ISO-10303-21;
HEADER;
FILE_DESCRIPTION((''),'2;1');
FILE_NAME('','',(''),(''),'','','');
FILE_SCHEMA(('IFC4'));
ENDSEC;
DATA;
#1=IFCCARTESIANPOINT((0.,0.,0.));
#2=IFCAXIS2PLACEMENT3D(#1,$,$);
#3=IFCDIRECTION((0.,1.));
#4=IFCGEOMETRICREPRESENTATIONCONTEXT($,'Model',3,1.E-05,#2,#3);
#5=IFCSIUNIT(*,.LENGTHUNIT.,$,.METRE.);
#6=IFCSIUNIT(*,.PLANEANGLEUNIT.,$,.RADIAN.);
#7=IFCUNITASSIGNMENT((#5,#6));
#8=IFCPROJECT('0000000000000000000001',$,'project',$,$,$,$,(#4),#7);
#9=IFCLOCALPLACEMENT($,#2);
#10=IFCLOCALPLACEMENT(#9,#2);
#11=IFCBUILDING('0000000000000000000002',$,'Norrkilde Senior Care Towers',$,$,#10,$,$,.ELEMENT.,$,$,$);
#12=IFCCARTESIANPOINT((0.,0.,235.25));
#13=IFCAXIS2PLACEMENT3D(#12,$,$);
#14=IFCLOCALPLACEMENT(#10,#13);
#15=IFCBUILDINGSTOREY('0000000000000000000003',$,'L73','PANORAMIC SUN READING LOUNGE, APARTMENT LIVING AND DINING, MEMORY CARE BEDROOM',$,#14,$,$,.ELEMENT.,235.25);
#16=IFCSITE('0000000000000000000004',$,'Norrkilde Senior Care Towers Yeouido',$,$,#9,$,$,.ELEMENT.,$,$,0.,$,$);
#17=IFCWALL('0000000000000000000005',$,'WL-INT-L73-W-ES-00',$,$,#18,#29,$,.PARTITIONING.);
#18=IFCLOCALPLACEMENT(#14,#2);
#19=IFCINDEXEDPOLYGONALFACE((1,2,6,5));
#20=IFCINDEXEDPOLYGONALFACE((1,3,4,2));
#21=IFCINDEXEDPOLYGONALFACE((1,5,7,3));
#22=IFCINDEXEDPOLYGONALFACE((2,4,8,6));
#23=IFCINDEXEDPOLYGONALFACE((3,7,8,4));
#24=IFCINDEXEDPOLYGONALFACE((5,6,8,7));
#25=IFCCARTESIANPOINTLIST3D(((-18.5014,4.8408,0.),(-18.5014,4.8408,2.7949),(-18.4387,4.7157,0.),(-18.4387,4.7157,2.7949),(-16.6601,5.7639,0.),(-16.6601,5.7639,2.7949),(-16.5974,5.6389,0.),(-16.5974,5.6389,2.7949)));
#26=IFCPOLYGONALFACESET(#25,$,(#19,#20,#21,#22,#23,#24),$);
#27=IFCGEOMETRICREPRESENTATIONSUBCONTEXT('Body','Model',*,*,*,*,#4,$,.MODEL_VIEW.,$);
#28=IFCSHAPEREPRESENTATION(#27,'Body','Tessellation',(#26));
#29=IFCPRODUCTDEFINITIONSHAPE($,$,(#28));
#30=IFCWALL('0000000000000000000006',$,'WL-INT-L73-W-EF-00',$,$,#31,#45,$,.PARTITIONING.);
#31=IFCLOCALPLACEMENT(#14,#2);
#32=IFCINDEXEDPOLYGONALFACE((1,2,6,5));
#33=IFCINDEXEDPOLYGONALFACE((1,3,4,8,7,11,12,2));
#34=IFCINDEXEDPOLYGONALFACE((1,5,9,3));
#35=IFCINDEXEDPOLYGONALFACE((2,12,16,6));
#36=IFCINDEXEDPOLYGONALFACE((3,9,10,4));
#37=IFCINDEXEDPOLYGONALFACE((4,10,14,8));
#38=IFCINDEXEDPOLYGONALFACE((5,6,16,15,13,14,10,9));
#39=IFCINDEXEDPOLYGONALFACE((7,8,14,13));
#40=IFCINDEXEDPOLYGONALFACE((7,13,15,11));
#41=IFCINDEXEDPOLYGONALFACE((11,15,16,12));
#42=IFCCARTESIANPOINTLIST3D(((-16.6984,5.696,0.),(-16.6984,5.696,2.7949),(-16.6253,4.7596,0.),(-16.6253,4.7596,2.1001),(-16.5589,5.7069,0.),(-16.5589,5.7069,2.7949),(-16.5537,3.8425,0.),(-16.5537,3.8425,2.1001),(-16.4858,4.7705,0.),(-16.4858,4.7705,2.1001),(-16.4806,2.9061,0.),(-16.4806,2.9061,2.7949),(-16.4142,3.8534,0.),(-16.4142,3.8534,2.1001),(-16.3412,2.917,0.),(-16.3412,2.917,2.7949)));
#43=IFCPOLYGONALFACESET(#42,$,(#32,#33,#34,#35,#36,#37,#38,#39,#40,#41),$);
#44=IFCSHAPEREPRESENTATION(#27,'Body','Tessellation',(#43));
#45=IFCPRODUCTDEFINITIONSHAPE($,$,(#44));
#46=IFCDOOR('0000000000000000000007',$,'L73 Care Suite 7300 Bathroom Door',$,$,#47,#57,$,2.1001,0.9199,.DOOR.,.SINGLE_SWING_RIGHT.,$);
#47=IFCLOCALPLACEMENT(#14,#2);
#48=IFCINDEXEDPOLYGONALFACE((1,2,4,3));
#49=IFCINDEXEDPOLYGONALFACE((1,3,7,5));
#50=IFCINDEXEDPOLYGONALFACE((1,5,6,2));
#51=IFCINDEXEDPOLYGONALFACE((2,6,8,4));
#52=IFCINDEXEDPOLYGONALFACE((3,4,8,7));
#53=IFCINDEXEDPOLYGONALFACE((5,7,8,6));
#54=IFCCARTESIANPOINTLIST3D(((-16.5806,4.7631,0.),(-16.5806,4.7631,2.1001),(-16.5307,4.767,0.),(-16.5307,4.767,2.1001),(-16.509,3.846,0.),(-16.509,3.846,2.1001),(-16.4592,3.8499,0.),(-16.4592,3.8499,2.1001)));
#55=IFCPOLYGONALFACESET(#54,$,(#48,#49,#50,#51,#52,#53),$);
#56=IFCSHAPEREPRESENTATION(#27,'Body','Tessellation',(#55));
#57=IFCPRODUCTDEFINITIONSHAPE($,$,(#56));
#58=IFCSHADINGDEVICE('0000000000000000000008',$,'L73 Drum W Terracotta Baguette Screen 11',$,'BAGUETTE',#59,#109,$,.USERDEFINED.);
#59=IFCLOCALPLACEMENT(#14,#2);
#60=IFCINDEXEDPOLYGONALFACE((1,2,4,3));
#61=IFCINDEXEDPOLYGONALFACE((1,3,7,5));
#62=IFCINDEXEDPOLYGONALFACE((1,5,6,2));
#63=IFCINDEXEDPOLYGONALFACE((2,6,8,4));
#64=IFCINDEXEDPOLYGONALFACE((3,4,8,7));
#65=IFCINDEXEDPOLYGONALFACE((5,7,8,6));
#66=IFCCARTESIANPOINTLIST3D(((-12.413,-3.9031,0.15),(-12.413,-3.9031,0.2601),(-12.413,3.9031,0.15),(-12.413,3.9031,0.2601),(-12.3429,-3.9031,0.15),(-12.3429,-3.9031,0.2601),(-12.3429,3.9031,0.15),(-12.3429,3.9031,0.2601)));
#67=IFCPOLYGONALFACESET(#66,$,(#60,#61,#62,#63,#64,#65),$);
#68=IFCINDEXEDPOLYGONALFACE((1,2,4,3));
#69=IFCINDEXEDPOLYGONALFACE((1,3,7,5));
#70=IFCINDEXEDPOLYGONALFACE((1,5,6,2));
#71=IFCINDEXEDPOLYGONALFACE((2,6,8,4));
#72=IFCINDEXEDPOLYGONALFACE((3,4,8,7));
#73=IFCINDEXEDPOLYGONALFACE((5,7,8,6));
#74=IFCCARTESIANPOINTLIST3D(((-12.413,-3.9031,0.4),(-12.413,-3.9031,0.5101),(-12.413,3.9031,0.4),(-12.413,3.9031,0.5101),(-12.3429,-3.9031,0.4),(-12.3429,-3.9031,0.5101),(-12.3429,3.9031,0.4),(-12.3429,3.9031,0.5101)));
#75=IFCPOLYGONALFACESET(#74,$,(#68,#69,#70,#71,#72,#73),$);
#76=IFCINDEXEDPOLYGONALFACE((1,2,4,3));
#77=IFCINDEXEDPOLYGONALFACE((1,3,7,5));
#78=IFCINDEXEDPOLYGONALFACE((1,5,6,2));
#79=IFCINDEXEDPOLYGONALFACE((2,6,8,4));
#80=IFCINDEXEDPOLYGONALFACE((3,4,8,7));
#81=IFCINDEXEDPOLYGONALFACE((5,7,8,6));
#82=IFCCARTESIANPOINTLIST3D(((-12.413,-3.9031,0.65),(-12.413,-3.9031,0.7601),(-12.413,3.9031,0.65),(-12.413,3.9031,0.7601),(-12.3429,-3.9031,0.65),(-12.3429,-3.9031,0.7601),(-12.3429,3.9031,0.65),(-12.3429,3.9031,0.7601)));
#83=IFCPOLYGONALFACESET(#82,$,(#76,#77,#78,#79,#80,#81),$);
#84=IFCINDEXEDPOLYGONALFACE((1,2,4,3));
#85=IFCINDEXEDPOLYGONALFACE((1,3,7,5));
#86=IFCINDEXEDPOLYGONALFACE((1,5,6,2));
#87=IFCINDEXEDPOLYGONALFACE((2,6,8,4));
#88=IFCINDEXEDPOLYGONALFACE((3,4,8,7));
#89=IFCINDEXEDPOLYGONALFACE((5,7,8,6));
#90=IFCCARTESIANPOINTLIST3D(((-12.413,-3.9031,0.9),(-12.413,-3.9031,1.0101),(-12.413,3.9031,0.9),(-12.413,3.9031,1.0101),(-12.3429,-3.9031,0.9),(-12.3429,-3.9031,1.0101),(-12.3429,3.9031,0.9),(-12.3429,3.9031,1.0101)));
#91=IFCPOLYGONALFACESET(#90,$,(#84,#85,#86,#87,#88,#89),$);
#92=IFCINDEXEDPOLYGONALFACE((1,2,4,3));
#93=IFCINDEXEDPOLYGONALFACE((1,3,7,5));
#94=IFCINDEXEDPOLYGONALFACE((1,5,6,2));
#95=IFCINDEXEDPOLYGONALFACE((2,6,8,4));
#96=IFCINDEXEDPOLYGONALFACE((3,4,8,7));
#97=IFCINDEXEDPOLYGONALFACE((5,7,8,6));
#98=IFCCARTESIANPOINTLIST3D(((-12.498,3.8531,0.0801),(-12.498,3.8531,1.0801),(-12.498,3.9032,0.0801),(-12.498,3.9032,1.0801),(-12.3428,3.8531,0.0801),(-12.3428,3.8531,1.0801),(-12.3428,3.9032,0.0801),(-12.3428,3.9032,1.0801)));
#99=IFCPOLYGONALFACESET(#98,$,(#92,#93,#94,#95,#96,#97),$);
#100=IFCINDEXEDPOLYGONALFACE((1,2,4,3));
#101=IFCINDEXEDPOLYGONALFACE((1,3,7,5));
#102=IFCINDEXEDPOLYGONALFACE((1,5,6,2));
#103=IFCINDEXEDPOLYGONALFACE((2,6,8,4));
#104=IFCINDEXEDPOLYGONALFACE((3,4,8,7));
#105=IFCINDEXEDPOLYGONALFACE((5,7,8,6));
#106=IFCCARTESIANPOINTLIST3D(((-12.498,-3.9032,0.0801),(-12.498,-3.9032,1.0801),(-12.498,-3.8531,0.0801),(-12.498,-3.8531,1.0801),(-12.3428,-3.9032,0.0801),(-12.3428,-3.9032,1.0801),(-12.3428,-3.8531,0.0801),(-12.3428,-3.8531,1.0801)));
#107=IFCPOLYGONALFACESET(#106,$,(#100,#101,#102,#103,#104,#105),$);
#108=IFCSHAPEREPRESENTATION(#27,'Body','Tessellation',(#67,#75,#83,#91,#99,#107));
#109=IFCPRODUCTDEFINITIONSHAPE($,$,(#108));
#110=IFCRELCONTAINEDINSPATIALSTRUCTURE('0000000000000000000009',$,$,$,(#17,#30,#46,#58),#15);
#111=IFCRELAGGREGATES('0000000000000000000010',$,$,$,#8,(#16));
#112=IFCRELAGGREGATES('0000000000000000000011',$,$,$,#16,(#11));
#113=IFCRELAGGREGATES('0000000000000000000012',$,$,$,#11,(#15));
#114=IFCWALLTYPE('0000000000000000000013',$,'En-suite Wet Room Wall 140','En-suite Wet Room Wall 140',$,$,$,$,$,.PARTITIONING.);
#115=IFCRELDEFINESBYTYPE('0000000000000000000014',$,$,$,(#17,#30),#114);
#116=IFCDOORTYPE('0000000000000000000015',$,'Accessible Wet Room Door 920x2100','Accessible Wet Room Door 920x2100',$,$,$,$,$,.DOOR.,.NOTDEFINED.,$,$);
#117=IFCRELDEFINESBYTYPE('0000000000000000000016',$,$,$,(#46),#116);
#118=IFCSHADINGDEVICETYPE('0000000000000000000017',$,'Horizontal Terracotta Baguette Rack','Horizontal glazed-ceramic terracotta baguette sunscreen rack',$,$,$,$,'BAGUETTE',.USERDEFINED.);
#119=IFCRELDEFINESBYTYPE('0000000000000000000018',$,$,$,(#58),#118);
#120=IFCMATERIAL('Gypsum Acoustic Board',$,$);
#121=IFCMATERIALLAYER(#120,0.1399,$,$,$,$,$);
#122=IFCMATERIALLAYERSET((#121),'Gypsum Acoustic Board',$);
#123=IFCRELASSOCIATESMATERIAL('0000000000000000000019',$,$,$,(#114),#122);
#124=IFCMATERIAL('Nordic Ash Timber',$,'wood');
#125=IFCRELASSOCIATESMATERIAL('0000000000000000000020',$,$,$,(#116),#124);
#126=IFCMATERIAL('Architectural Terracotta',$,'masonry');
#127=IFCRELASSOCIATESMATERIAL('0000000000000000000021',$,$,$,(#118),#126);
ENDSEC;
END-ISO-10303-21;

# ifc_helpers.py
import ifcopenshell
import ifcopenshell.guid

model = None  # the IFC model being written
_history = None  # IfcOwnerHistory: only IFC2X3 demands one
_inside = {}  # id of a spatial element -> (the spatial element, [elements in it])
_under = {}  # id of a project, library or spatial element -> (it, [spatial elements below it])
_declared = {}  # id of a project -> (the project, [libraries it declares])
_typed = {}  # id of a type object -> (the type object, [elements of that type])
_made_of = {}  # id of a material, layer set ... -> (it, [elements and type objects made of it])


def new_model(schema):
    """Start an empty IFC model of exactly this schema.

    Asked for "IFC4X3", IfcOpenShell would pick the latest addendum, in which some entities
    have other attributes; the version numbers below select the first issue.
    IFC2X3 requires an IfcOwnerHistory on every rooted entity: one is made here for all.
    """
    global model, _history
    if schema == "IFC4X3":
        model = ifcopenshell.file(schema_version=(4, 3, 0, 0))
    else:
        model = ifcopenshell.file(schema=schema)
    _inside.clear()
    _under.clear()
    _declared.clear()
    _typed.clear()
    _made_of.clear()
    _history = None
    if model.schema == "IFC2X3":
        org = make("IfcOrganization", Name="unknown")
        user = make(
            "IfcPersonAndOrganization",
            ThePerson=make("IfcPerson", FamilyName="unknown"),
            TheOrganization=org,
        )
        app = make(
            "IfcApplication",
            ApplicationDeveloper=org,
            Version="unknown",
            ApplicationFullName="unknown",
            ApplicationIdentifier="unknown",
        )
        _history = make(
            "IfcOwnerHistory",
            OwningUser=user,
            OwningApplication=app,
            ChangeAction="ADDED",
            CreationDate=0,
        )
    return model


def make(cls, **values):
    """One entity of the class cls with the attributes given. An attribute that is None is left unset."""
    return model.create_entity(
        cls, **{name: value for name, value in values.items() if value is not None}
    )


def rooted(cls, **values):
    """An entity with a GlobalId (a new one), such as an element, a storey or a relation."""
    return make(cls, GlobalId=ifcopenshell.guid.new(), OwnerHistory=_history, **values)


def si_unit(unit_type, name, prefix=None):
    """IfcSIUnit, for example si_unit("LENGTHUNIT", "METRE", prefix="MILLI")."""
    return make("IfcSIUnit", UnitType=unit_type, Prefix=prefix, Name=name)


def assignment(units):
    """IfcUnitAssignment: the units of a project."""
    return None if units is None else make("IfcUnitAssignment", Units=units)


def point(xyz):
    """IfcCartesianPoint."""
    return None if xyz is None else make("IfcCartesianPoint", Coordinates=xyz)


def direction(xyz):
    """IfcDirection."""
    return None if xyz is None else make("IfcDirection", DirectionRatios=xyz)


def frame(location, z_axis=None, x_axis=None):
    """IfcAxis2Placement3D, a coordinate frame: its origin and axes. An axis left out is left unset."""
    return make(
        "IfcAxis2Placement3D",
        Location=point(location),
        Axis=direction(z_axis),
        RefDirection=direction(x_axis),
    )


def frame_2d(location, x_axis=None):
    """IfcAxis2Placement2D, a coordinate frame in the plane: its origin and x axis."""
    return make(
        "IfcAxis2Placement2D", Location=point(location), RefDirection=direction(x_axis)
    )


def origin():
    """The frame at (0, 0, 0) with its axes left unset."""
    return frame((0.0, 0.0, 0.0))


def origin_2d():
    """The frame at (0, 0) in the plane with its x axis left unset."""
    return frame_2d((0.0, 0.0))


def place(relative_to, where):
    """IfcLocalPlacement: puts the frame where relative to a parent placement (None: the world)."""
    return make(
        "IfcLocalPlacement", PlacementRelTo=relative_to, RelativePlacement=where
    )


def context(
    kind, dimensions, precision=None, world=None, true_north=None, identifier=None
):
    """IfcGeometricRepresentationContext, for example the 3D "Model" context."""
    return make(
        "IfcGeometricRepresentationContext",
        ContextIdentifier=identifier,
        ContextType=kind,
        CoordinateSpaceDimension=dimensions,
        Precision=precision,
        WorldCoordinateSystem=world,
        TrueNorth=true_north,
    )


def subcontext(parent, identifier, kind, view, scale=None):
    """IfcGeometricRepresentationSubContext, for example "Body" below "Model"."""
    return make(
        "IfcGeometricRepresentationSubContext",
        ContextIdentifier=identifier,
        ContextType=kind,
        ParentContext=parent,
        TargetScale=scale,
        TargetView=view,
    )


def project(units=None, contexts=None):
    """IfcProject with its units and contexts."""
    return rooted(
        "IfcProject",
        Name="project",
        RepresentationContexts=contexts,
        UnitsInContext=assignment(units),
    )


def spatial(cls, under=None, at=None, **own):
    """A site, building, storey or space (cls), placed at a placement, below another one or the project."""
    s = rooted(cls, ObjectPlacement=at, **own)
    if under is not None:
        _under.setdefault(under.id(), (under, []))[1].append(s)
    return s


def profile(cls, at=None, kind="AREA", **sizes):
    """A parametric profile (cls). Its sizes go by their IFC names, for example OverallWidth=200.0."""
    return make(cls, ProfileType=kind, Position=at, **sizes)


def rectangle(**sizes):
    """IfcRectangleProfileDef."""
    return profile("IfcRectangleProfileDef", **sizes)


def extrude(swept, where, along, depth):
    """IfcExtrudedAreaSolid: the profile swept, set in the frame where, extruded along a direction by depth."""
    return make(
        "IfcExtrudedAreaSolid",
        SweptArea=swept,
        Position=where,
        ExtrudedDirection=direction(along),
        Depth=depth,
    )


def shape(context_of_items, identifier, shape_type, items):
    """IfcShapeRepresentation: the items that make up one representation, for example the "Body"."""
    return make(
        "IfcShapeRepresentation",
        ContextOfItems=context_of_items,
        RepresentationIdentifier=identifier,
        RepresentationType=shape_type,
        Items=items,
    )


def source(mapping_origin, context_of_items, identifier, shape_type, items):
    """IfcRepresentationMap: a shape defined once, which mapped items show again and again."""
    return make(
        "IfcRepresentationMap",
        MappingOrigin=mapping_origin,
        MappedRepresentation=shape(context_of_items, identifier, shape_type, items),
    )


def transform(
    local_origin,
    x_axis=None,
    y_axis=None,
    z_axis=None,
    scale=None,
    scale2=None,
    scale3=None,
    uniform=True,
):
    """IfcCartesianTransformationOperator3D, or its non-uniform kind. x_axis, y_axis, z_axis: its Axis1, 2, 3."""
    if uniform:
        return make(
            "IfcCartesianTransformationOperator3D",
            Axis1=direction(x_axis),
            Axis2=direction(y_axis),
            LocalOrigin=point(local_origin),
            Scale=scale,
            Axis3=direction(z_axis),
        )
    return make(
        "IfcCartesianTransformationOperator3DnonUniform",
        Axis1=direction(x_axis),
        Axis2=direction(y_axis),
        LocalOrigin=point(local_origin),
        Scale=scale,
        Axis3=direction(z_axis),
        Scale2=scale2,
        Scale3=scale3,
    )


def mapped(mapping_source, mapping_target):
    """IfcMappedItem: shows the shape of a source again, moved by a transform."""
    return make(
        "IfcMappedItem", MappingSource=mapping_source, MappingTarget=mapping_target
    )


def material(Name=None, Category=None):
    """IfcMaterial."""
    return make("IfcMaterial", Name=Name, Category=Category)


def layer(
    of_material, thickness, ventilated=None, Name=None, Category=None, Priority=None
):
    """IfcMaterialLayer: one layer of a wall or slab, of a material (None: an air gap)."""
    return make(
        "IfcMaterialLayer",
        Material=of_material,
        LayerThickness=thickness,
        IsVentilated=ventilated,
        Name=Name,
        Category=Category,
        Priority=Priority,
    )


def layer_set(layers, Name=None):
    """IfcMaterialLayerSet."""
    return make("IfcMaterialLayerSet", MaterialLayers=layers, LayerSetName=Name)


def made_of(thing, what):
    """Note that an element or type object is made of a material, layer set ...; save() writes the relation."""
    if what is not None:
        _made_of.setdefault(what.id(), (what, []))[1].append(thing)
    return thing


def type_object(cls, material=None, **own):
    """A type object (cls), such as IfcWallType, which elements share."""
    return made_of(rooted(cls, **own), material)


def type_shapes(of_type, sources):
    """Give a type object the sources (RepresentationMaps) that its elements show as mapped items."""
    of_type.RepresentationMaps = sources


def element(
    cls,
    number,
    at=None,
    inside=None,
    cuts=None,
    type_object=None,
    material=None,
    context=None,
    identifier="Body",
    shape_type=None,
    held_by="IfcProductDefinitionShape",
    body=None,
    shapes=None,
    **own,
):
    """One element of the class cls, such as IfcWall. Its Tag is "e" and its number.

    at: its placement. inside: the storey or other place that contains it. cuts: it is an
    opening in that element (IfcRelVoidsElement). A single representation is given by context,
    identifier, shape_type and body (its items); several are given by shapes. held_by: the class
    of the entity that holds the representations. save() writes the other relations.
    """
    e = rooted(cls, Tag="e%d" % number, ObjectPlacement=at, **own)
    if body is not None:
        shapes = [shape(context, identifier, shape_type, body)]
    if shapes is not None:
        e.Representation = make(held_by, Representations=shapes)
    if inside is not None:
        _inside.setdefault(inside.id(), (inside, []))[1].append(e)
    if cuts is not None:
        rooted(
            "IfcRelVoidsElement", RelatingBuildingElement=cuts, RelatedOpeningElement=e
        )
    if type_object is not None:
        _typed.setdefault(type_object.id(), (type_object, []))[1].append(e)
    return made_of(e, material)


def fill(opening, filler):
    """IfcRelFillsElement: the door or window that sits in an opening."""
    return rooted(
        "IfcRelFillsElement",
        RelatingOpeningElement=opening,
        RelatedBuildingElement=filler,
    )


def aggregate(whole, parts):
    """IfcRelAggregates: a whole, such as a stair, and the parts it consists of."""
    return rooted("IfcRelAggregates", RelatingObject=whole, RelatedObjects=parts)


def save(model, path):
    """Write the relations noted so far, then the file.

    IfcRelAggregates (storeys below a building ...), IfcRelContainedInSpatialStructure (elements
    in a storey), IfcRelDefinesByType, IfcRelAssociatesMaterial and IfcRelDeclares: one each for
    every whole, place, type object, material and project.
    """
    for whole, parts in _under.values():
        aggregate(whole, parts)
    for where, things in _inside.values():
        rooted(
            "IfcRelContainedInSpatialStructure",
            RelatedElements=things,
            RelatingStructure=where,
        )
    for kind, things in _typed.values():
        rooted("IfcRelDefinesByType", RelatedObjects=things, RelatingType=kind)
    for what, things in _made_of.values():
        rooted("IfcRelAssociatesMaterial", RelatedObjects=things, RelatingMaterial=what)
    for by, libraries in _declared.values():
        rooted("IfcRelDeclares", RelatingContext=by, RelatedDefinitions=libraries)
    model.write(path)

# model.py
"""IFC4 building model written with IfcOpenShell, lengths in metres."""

from ifc_helpers import new_model, si_unit, direction, frame, frame_2d, origin, origin_2d, place, context, subcontext, project, spatial, rectangle, extrude, source, transform, mapped, material, layer, layer_set, type_object, type_shapes, element, fill, save


model = new_model("IFC4")

# Units and contexts
model_context = context("Model", 3, precision=1e-05, world=origin(), true_north=direction((0.0, 1.0)))
body_context = subcontext(model_context, "Body", "Model", "MODEL_VIEW")
ifc_project = project(units=[si_unit("LENGTHUNIT", "METRE"), si_unit("PLANEANGLEUNIT", "RADIAN")], contexts=[model_context])

# Site, building, storey
site_placement = place(None, origin())
site = spatial("IfcSite", under=ifc_project, at=site_placement, Name="Norrkilde Senior Care Towers Yeouido", CompositionType="ELEMENT", RefElevation=0.0)
building_placement = place(site_placement, origin())
building = spatial("IfcBuilding", under=site, at=building_placement, Name="Norrkilde Senior Care Towers", CompositionType="ELEMENT")
storey_placement = place(building_placement, frame((0.0, 0.0, 235.25)))
storey = spatial("IfcBuildingStorey", under=building, at=storey_placement, Name="L73", Description="PANORAMIC SUN READING LOUNGE, APARTMENT LIVING AND DINING, MEMORY CARE BEDROOM", CompositionType="ELEMENT", Elevation=235.25)

# Shared definitions
ifc_material_1 = material(Name="Gypsum Acoustic Board")
ifc_material_2 = material(Name="Nordic Ash Timber", Category="wood")

# Wall
ifc_layer_1 = layer(ifc_material_1, 0.1399)
ifc_layer_set_1 = layer_set([ifc_layer_1], Name="Gypsum Acoustic Board")
wall_type_1 = type_object("IfcWallType", Name="En-suite Wet Room Wall 140", Description="En-suite Wet Room Wall 140", PredefinedType="PARTITIONING", material=ifc_layer_set_1)
shared_shape_1 = source(origin(), body_context, "Body", "SweptSolid", [
    extrude(rectangle(XDim=2.0598, YDim=0.1399, at=frame_2d((1.0298, 0.0))), origin(), (0.0, 0.0, 1.0), 2.7949),
])
wall_1_placement = place(storey_placement, frame((-18.47, 4.7783, 0.0), z_axis=(0.0, 0.0, 1.0), x_axis=(0.893953, 0.448162, 0.0)))
element("IfcWall", 1, at=wall_1_placement, inside=storey, type_object=wall_type_1, Name="WL-INT-L73-W-ES-00", PredefinedType="PARTITIONING", context=body_context, shape_type="MappedRepresentation", body=[
    mapped(shared_shape_1, transform((0.0, 0.0, 0.0), x_axis=(1.0, 0.0, 0.0), y_axis=(0.0, 1.0, 0.0), z_axis=(0.0, 0.0, 1.0), scale=1.0)),
])

# Wall, opening, door
shared_shape_2 = source(origin(), body_context, "Body", "SweptSolid", [
    extrude(rectangle(XDim=2.7983, YDim=0.1399, at=frame_2d((1.3992, 0.0))), origin(), (0.0, 0.0, 1.0), 2.7949),
])
type_shapes(wall_type_1, [shared_shape_1, shared_shape_2])
wall_2_placement = place(storey_placement, frame((-16.6287, 5.7014, 0.0), z_axis=(0.0, 0.0, 1.0), x_axis=(0.077824, -0.996967, 0.0)))
wall_2 = element("IfcWall", 2, at=wall_2_placement, inside=storey, type_object=wall_type_1, Name="WL-INT-L73-W-EF-00", PredefinedType="PARTITIONING", context=body_context, shape_type="MappedRepresentation", body=[
    mapped(shared_shape_2, transform((0.0, 0.0, 0.0), x_axis=(1.0, 0.0, 0.0), y_axis=(0.0, 1.0, 0.0), z_axis=(0.0, 0.0, 1.0), scale=1.0)),
])
opening_1_placement = place(wall_2_placement, frame((0.9392, 0.0, 0.0)))
opening_1 = element("IfcOpeningElement", 3, at=opening_1_placement, cuts=wall_2, PredefinedType="OPENING", context=body_context, shape_type="SweptSolid", body=[
    extrude(rectangle(XDim=0.9199, YDim=2.1001, at=frame_2d((0.46, 1.05))), frame((0.0, 0.0798, 0.0), z_axis=(0.0, -1.0, 0.0), x_axis=(1.0, 0.0, 0.0)), (0.0, 0.0, 1.0), 0.1599),
])
door_type_1 = type_object("IfcDoorType", Name="Accessible Wet Room Door 920x2100", Description="Accessible Wet Room Door 920x2100", OperationType="NOTDEFINED", PredefinedType="DOOR", material=ifc_material_2)
shared_shape_3 = source(origin(), body_context, "Body", "SweptSolid", [
    extrude(rectangle(XDim=0.9199, YDim=2.1001, at=frame_2d((0.46, 1.05))), frame((0.0, 0.0249, 0.0), z_axis=(0.0, -1.0, 0.0), x_axis=(1.0, 0.0, 0.0)), (0.0, 0.0, 1.0), 0.05),
])
type_shapes(door_type_1, [shared_shape_3])
door_1_placement = place(opening_1_placement, origin())
door_1 = element("IfcDoor", 4, at=door_1_placement, inside=storey, type_object=door_type_1, Name="L73 Care Suite 7300 Bathroom Door", OperationType="SINGLE_SWING_RIGHT", OverallHeight=2.1001, OverallWidth=0.9199, PredefinedType="DOOR", context=body_context, shape_type="MappedRepresentation", body=[
    mapped(shared_shape_3, transform((0.0, 0.0, 0.0), x_axis=(1.0, 0.0, 0.0), y_axis=(0.0, 1.0, 0.0), z_axis=(0.0, 0.0, 1.0), scale=1.0)),
])
fill(opening_1, door_1)

# Shading device
ifc_material_3 = material(Name="Architectural Terracotta", Category="masonry")
shading_device_type = type_object("IfcShadingDeviceType", Name="Horizontal Terracotta Baguette Rack", Description="Horizontal glazed-ceramic terracotta baguette sunscreen rack", ElementType="BAGUETTE", PredefinedType="USERDEFINED", material=ifc_material_3)
shared_shape_4 = source(origin(), body_context, "Body", "SweptSolid", [
    extrude(rectangle(XDim=0.0701, YDim=0.1101, at=origin_2d()), frame((0.0, 0.0901, 0.125), z_axis=(1.0, 0.0, 0.0), x_axis=(0.0, 1.0, 0.0)), (0.0, 0.0, 1.0), 7.8062),
    extrude(rectangle(XDim=0.0701, YDim=0.1101, at=origin_2d()), frame((0.0, 0.0901, 0.375), z_axis=(1.0, 0.0, 0.0), x_axis=(0.0, 1.0, 0.0)), (0.0, 0.0, 1.0), 7.8062),
    extrude(rectangle(XDim=0.0701, YDim=0.1101, at=origin_2d()), frame((0.0, 0.0901, 0.625), z_axis=(1.0, 0.0, 0.0), x_axis=(0.0, 1.0, 0.0)), (0.0, 0.0, 1.0), 7.8062),
    extrude(rectangle(XDim=0.0701, YDim=0.1101, at=origin_2d()), frame((0.0, 0.0901, 0.875), z_axis=(1.0, 0.0, 0.0), x_axis=(0.0, 1.0, 0.0)), (0.0, 0.0, 1.0), 7.8062),
    extrude(rectangle(XDim=0.05, YDim=0.1553, at=origin_2d()), frame((0.0249, 0.0476, 0.0)), (0.0, 0.0, 1.0), 1.0),
    extrude(rectangle(XDim=0.05, YDim=0.1553, at=origin_2d()), frame((7.7812, 0.0476, 0.0)), (0.0, 0.0, 1.0), 1.0),
])
type_shapes(shading_device_type, [shared_shape_4])
shading_device_placement = place(storey_placement, frame((-12.468, 3.9031, 0.0801), z_axis=(0.0, 0.0, 1.0), x_axis=(0.0, -1.0, 0.0)))
element("IfcShadingDevice", 5, at=shading_device_placement, inside=storey, type_object=shading_device_type, Name="L73 Drum W Terracotta Baguette Screen 11", ObjectType="BAGUETTE", PredefinedType="USERDEFINED", context=body_context, shape_type="MappedRepresentation", body=[
    mapped(shared_shape_4, transform((0.0, 0.0, 0.0), x_axis=(1.0, 0.0, 0.0), y_axis=(0.0, 1.0, 0.0), z_axis=(0.0, 0.0, 1.0), scale=1.0)),
])

save(model, "model.ifc")
